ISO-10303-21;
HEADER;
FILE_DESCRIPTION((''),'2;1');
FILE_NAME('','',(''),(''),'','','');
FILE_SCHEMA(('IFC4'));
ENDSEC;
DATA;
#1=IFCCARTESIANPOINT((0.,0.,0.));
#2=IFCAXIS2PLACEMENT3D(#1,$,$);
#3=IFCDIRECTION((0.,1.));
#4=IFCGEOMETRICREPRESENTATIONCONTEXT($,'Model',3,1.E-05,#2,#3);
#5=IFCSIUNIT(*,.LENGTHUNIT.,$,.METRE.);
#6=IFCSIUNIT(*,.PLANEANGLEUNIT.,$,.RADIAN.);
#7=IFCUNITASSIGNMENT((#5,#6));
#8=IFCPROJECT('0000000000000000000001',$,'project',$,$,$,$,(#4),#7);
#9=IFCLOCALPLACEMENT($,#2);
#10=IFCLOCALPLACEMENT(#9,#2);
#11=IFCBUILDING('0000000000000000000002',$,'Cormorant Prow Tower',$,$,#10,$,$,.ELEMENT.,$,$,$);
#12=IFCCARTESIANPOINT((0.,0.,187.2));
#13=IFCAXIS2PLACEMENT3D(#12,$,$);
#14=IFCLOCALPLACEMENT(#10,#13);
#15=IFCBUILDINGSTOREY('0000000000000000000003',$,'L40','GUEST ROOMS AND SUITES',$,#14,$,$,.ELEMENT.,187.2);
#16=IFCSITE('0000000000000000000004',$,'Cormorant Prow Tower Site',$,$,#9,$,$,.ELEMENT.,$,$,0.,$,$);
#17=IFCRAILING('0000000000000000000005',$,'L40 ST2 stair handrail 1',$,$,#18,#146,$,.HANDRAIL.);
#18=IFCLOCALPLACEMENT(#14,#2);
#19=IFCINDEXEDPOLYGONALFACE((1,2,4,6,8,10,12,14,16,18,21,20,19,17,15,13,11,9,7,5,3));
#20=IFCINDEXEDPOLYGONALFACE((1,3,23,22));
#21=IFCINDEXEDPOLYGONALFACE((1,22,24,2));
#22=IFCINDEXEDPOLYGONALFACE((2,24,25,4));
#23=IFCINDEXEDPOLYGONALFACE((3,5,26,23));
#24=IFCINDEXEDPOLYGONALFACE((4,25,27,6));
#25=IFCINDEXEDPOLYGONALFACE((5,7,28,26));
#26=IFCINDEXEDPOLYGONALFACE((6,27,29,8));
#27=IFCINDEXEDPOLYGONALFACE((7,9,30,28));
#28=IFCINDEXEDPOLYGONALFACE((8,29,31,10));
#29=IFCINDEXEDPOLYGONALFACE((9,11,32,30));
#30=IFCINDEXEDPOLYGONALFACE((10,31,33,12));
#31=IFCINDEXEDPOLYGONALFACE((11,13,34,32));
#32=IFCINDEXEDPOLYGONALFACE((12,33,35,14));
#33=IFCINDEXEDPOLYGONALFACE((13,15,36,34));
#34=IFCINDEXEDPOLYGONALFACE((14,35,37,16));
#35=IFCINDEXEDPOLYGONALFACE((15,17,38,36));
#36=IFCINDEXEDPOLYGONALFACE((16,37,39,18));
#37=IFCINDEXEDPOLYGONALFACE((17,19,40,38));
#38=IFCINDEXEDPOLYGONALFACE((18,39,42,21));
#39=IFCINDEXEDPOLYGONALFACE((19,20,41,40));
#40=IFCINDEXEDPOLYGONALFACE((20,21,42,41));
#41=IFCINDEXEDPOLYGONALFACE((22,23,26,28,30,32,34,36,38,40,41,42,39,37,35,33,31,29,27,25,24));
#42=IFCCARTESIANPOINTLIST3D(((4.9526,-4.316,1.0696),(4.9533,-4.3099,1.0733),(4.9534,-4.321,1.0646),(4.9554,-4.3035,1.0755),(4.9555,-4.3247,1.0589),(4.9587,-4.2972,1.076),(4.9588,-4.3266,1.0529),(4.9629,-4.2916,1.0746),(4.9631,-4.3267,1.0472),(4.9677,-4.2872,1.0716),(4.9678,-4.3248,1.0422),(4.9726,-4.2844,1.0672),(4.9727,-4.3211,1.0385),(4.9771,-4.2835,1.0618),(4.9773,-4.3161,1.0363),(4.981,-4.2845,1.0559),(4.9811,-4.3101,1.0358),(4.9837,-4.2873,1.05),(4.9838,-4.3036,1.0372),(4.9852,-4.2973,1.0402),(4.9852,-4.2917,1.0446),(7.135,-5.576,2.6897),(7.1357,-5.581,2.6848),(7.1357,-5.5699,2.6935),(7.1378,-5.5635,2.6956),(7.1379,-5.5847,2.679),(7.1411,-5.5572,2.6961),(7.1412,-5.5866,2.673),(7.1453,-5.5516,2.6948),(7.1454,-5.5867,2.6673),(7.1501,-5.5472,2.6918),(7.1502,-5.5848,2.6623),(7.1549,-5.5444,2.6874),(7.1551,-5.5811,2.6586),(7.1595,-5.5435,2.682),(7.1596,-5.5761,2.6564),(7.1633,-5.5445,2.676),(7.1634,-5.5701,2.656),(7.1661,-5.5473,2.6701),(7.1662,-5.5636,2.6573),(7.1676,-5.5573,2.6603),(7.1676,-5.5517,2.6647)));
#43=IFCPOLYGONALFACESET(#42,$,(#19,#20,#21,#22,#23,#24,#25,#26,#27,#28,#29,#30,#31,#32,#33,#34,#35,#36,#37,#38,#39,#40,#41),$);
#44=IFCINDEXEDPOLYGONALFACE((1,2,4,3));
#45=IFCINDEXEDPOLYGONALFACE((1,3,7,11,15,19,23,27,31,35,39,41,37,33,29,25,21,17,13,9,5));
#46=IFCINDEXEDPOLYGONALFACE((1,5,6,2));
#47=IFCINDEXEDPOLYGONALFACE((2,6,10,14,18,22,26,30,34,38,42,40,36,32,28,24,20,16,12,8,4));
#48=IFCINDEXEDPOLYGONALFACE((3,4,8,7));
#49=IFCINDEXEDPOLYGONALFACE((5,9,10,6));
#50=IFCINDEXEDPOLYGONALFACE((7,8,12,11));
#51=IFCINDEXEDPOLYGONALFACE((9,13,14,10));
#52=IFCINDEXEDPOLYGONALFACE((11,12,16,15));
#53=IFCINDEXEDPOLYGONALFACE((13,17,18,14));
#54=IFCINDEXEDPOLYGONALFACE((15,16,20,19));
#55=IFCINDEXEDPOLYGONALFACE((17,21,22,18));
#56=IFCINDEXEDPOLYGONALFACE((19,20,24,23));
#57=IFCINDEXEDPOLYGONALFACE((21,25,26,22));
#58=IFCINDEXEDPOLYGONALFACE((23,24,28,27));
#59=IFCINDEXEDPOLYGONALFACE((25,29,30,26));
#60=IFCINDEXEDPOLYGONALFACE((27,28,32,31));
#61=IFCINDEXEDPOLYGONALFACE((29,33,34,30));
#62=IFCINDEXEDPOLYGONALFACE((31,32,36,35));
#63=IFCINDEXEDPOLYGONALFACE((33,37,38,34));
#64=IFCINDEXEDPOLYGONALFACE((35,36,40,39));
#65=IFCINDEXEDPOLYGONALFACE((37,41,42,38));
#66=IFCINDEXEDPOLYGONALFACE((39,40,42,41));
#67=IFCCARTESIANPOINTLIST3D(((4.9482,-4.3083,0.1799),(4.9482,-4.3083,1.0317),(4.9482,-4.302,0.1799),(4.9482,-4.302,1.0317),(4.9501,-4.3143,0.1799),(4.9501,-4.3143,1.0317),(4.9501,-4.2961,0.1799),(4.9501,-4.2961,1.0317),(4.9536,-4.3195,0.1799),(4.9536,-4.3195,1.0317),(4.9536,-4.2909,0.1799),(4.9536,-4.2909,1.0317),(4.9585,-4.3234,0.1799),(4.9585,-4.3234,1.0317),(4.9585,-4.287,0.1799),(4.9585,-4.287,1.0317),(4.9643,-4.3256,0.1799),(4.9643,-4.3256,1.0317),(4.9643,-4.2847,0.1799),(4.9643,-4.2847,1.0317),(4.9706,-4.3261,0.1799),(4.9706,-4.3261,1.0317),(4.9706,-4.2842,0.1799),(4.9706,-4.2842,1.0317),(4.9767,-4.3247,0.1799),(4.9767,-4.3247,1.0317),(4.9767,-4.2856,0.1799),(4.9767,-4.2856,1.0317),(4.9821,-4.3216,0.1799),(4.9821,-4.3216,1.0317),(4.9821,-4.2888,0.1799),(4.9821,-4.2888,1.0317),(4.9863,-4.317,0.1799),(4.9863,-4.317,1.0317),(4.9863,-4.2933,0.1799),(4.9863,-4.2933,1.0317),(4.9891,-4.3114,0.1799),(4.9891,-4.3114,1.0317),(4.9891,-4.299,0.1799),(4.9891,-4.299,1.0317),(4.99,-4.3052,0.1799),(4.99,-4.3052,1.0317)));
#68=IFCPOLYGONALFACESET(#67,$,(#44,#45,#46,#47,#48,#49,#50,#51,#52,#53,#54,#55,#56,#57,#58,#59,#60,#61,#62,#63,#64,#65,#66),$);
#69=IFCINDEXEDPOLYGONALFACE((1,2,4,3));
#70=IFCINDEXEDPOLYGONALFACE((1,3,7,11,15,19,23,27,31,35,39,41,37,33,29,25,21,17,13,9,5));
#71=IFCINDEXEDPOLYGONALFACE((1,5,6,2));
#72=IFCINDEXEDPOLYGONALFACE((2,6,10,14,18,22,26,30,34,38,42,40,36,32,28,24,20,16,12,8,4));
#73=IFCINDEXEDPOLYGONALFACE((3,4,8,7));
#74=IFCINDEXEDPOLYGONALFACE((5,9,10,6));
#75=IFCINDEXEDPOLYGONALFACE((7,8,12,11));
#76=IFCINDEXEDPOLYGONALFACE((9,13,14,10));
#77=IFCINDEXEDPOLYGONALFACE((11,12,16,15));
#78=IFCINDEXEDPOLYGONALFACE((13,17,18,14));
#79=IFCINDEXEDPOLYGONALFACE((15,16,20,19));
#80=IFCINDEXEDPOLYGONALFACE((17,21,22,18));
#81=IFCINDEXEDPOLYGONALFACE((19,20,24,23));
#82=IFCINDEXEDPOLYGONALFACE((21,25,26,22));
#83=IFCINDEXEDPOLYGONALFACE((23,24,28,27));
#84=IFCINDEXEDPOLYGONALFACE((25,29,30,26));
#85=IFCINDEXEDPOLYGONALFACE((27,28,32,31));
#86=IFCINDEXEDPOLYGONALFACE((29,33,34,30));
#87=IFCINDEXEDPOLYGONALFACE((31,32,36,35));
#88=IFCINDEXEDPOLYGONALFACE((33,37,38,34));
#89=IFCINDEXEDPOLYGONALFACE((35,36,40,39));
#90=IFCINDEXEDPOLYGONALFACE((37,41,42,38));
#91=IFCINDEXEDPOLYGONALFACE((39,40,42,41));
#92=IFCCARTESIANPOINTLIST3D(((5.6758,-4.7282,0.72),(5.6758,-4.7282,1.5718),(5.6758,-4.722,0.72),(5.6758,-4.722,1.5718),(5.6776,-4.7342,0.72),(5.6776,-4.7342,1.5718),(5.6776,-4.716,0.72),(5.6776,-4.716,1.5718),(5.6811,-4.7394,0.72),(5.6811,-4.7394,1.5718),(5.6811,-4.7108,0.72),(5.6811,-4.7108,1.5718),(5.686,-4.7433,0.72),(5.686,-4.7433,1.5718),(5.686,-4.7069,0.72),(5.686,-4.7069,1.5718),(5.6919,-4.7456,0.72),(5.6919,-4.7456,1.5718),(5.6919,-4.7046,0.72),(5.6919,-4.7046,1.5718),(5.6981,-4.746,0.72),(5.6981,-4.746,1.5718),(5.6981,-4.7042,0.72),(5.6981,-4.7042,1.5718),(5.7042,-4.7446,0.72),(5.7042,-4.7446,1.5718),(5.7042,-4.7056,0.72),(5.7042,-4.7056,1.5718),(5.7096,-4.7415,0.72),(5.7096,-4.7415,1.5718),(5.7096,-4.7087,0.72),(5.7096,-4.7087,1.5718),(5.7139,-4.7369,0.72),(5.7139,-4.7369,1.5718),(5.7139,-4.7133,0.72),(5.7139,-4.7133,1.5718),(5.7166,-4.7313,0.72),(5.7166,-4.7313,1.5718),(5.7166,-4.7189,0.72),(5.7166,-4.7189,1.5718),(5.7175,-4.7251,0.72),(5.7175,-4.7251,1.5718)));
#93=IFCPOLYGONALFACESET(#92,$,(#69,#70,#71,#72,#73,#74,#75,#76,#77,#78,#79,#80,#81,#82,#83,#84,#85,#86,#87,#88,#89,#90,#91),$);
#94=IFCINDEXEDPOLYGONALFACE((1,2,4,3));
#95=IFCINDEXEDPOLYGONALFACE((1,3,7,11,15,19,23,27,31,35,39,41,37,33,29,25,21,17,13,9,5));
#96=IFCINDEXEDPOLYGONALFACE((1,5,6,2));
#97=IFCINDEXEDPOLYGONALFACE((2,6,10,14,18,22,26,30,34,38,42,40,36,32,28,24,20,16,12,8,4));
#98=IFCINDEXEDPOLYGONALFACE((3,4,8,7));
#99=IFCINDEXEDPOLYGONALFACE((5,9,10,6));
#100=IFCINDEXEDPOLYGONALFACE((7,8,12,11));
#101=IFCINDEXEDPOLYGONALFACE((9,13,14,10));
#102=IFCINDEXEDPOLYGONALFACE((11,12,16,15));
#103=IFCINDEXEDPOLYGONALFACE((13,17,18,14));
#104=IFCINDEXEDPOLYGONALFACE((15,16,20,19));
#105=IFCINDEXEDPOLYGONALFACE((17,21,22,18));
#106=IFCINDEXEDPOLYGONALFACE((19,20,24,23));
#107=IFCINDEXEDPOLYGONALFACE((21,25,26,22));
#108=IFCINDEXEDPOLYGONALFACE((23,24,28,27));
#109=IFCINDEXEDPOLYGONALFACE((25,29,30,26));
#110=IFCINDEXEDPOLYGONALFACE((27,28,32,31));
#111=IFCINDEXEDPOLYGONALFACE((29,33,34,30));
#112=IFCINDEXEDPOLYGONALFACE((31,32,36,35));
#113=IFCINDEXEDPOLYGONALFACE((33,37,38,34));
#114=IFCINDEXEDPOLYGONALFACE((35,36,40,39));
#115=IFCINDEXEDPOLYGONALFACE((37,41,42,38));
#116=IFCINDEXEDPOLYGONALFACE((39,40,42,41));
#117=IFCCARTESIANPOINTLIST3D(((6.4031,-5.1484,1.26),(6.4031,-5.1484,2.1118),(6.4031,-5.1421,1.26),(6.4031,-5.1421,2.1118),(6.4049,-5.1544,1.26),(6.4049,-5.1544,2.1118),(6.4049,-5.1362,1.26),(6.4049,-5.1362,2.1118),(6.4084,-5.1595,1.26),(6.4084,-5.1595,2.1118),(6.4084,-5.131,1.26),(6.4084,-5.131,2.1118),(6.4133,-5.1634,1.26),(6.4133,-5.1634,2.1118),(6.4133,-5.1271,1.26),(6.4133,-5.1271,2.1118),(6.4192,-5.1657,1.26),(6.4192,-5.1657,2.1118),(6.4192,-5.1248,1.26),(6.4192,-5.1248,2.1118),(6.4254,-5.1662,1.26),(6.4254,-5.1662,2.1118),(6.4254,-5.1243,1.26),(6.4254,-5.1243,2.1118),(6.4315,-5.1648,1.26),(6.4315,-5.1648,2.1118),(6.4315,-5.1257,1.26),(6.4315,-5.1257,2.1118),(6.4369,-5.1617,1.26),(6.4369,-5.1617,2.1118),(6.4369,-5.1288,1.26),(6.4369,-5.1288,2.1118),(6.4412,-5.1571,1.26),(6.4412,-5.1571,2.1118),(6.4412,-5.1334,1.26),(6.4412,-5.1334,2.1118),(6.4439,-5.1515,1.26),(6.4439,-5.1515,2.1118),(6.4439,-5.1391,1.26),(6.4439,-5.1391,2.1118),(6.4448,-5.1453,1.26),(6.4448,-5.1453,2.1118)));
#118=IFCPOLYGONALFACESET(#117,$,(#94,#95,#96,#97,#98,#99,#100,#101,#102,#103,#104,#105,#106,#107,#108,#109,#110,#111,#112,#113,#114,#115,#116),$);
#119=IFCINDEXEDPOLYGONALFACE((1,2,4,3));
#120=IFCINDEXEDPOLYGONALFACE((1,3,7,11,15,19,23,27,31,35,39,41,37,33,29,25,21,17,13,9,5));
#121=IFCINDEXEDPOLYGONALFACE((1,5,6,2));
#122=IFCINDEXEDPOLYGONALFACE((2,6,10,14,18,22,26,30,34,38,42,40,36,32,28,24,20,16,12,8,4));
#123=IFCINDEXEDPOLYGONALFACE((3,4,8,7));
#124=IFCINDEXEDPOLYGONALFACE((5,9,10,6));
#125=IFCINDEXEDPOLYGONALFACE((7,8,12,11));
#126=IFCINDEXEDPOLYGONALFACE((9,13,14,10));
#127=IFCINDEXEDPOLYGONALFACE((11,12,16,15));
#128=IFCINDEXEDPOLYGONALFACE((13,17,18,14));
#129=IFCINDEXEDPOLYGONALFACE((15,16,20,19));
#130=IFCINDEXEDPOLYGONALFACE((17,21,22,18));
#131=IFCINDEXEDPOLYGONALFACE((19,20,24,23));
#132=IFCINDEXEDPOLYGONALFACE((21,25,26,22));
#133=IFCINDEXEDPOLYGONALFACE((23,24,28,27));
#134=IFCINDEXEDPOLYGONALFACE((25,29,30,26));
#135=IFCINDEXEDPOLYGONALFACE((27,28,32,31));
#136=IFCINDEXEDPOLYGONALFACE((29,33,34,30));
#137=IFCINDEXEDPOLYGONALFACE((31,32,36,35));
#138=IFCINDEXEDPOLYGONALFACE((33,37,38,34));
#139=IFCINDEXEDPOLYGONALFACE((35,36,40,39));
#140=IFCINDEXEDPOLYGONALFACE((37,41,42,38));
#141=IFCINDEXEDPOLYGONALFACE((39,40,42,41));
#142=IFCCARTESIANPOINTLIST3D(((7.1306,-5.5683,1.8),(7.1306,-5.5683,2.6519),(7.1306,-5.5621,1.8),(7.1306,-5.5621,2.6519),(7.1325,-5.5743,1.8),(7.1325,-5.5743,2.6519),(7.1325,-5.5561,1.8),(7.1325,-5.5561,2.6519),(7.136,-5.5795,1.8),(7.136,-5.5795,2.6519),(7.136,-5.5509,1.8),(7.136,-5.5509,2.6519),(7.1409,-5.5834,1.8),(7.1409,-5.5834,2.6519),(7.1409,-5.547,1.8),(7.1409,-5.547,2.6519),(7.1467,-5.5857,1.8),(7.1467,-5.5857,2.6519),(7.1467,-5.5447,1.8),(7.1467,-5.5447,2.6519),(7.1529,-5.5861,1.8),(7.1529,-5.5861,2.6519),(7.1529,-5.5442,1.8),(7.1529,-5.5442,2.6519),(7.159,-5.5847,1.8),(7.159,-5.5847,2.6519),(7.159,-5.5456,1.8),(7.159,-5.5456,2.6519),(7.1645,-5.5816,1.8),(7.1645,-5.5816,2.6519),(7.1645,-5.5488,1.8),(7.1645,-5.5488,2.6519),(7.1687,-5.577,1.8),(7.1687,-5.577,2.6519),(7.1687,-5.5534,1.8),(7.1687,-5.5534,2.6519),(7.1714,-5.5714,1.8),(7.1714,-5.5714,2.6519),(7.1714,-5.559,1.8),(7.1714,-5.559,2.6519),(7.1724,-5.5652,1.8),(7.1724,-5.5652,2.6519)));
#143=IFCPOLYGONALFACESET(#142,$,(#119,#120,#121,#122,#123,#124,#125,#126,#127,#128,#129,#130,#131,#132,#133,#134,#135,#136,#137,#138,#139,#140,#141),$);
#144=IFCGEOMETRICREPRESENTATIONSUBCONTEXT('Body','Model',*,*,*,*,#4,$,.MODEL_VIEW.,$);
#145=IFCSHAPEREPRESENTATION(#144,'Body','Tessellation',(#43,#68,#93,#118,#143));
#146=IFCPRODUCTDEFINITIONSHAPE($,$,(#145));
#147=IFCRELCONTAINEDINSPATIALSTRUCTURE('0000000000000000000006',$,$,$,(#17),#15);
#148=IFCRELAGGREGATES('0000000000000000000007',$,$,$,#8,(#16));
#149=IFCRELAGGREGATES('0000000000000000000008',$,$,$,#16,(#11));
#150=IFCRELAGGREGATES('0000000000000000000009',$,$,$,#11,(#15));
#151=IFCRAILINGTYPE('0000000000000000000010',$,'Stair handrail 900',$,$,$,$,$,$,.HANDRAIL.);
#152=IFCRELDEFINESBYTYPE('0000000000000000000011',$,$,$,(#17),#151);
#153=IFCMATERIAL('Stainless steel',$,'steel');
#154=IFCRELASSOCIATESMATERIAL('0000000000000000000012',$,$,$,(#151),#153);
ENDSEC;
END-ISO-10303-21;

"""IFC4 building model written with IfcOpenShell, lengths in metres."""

from ifc_helpers import new_model, si_unit, direction, frame, origin, origin_2d, place, context, subcontext, project, spatial, circle, extrude, material, type_object, element, save


model = new_model("IFC4")

# Units and contexts
model_context = context("Model", 3, precision=1e-05, world=origin(), true_north=direction((0.0, 1.0)))
body_context = subcontext(model_context, "Body", "Model", "MODEL_VIEW")
ifc_project = project(units=[si_unit("LENGTHUNIT", "METRE"), si_unit("PLANEANGLEUNIT", "RADIAN")], contexts=[model_context])

# Site, building, storey
site_placement = place(None, origin())
site = spatial("IfcSite", under=ifc_project, at=site_placement, Name="Cormorant Prow Tower Site", CompositionType="ELEMENT", RefElevation=0.0)
building_placement = place(site_placement, origin())
building = spatial("IfcBuilding", under=site, at=building_placement, Name="Cormorant Prow Tower", CompositionType="ELEMENT")
storey_placement = place(building_placement, frame((0.0, 0.0, 187.2)))
storey = spatial("IfcBuildingStorey", under=building, at=storey_placement, Name="L40", Description="GUEST ROOMS AND SUITES", CompositionType="ELEMENT", Elevation=187.2)

# Railing
ifc_material_1 = material(Name="Stainless steel", Category="steel")
railing_type_1 = type_object("IfcRailingType", Name="Stair handrail 900", PredefinedType="HANDRAIL", material=ifc_material_1)
railing_1_placement = place(storey_placement, frame((4.969, -4.3052, 0.1799)))
element("IfcRailing", 1, at=railing_1_placement, inside=storey, type_object=railing_type_1, Name="L40 ST2 stair handrail 1", PredefinedType="HANDRAIL", context=body_context, shape_type="SweptSolid", body=[
    extrude(circle(Radius=0.0239, at=origin_2d()), frame((0.0, 0.0, 0.876), z_axis=(0.728464, -0.420584, 0.540786), x_axis=(0.500005, 0.866023, 0.0)), (0.0, 0.0, 1.0), 2.9958),
    extrude(circle(Radius=0.021, at=origin_2d()), origin(), (0.0, 0.0, 1.0), 0.8518),
    extrude(circle(Radius=0.021, at=origin_2d()), frame((0.7275, -0.4199, 0.54)), (0.0, 0.0, 1.0), 0.8518),
    extrude(circle(Radius=0.021, at=origin_2d()), frame((1.4548, -0.8401, 1.0801)), (0.0, 0.0, 1.0), 0.8518),
    extrude(circle(Radius=0.021, at=origin_2d()), frame((2.1824, -1.26, 1.6201)), (0.0, 0.0, 1.0), 0.8518),
])

save(model, "model.ifc")
